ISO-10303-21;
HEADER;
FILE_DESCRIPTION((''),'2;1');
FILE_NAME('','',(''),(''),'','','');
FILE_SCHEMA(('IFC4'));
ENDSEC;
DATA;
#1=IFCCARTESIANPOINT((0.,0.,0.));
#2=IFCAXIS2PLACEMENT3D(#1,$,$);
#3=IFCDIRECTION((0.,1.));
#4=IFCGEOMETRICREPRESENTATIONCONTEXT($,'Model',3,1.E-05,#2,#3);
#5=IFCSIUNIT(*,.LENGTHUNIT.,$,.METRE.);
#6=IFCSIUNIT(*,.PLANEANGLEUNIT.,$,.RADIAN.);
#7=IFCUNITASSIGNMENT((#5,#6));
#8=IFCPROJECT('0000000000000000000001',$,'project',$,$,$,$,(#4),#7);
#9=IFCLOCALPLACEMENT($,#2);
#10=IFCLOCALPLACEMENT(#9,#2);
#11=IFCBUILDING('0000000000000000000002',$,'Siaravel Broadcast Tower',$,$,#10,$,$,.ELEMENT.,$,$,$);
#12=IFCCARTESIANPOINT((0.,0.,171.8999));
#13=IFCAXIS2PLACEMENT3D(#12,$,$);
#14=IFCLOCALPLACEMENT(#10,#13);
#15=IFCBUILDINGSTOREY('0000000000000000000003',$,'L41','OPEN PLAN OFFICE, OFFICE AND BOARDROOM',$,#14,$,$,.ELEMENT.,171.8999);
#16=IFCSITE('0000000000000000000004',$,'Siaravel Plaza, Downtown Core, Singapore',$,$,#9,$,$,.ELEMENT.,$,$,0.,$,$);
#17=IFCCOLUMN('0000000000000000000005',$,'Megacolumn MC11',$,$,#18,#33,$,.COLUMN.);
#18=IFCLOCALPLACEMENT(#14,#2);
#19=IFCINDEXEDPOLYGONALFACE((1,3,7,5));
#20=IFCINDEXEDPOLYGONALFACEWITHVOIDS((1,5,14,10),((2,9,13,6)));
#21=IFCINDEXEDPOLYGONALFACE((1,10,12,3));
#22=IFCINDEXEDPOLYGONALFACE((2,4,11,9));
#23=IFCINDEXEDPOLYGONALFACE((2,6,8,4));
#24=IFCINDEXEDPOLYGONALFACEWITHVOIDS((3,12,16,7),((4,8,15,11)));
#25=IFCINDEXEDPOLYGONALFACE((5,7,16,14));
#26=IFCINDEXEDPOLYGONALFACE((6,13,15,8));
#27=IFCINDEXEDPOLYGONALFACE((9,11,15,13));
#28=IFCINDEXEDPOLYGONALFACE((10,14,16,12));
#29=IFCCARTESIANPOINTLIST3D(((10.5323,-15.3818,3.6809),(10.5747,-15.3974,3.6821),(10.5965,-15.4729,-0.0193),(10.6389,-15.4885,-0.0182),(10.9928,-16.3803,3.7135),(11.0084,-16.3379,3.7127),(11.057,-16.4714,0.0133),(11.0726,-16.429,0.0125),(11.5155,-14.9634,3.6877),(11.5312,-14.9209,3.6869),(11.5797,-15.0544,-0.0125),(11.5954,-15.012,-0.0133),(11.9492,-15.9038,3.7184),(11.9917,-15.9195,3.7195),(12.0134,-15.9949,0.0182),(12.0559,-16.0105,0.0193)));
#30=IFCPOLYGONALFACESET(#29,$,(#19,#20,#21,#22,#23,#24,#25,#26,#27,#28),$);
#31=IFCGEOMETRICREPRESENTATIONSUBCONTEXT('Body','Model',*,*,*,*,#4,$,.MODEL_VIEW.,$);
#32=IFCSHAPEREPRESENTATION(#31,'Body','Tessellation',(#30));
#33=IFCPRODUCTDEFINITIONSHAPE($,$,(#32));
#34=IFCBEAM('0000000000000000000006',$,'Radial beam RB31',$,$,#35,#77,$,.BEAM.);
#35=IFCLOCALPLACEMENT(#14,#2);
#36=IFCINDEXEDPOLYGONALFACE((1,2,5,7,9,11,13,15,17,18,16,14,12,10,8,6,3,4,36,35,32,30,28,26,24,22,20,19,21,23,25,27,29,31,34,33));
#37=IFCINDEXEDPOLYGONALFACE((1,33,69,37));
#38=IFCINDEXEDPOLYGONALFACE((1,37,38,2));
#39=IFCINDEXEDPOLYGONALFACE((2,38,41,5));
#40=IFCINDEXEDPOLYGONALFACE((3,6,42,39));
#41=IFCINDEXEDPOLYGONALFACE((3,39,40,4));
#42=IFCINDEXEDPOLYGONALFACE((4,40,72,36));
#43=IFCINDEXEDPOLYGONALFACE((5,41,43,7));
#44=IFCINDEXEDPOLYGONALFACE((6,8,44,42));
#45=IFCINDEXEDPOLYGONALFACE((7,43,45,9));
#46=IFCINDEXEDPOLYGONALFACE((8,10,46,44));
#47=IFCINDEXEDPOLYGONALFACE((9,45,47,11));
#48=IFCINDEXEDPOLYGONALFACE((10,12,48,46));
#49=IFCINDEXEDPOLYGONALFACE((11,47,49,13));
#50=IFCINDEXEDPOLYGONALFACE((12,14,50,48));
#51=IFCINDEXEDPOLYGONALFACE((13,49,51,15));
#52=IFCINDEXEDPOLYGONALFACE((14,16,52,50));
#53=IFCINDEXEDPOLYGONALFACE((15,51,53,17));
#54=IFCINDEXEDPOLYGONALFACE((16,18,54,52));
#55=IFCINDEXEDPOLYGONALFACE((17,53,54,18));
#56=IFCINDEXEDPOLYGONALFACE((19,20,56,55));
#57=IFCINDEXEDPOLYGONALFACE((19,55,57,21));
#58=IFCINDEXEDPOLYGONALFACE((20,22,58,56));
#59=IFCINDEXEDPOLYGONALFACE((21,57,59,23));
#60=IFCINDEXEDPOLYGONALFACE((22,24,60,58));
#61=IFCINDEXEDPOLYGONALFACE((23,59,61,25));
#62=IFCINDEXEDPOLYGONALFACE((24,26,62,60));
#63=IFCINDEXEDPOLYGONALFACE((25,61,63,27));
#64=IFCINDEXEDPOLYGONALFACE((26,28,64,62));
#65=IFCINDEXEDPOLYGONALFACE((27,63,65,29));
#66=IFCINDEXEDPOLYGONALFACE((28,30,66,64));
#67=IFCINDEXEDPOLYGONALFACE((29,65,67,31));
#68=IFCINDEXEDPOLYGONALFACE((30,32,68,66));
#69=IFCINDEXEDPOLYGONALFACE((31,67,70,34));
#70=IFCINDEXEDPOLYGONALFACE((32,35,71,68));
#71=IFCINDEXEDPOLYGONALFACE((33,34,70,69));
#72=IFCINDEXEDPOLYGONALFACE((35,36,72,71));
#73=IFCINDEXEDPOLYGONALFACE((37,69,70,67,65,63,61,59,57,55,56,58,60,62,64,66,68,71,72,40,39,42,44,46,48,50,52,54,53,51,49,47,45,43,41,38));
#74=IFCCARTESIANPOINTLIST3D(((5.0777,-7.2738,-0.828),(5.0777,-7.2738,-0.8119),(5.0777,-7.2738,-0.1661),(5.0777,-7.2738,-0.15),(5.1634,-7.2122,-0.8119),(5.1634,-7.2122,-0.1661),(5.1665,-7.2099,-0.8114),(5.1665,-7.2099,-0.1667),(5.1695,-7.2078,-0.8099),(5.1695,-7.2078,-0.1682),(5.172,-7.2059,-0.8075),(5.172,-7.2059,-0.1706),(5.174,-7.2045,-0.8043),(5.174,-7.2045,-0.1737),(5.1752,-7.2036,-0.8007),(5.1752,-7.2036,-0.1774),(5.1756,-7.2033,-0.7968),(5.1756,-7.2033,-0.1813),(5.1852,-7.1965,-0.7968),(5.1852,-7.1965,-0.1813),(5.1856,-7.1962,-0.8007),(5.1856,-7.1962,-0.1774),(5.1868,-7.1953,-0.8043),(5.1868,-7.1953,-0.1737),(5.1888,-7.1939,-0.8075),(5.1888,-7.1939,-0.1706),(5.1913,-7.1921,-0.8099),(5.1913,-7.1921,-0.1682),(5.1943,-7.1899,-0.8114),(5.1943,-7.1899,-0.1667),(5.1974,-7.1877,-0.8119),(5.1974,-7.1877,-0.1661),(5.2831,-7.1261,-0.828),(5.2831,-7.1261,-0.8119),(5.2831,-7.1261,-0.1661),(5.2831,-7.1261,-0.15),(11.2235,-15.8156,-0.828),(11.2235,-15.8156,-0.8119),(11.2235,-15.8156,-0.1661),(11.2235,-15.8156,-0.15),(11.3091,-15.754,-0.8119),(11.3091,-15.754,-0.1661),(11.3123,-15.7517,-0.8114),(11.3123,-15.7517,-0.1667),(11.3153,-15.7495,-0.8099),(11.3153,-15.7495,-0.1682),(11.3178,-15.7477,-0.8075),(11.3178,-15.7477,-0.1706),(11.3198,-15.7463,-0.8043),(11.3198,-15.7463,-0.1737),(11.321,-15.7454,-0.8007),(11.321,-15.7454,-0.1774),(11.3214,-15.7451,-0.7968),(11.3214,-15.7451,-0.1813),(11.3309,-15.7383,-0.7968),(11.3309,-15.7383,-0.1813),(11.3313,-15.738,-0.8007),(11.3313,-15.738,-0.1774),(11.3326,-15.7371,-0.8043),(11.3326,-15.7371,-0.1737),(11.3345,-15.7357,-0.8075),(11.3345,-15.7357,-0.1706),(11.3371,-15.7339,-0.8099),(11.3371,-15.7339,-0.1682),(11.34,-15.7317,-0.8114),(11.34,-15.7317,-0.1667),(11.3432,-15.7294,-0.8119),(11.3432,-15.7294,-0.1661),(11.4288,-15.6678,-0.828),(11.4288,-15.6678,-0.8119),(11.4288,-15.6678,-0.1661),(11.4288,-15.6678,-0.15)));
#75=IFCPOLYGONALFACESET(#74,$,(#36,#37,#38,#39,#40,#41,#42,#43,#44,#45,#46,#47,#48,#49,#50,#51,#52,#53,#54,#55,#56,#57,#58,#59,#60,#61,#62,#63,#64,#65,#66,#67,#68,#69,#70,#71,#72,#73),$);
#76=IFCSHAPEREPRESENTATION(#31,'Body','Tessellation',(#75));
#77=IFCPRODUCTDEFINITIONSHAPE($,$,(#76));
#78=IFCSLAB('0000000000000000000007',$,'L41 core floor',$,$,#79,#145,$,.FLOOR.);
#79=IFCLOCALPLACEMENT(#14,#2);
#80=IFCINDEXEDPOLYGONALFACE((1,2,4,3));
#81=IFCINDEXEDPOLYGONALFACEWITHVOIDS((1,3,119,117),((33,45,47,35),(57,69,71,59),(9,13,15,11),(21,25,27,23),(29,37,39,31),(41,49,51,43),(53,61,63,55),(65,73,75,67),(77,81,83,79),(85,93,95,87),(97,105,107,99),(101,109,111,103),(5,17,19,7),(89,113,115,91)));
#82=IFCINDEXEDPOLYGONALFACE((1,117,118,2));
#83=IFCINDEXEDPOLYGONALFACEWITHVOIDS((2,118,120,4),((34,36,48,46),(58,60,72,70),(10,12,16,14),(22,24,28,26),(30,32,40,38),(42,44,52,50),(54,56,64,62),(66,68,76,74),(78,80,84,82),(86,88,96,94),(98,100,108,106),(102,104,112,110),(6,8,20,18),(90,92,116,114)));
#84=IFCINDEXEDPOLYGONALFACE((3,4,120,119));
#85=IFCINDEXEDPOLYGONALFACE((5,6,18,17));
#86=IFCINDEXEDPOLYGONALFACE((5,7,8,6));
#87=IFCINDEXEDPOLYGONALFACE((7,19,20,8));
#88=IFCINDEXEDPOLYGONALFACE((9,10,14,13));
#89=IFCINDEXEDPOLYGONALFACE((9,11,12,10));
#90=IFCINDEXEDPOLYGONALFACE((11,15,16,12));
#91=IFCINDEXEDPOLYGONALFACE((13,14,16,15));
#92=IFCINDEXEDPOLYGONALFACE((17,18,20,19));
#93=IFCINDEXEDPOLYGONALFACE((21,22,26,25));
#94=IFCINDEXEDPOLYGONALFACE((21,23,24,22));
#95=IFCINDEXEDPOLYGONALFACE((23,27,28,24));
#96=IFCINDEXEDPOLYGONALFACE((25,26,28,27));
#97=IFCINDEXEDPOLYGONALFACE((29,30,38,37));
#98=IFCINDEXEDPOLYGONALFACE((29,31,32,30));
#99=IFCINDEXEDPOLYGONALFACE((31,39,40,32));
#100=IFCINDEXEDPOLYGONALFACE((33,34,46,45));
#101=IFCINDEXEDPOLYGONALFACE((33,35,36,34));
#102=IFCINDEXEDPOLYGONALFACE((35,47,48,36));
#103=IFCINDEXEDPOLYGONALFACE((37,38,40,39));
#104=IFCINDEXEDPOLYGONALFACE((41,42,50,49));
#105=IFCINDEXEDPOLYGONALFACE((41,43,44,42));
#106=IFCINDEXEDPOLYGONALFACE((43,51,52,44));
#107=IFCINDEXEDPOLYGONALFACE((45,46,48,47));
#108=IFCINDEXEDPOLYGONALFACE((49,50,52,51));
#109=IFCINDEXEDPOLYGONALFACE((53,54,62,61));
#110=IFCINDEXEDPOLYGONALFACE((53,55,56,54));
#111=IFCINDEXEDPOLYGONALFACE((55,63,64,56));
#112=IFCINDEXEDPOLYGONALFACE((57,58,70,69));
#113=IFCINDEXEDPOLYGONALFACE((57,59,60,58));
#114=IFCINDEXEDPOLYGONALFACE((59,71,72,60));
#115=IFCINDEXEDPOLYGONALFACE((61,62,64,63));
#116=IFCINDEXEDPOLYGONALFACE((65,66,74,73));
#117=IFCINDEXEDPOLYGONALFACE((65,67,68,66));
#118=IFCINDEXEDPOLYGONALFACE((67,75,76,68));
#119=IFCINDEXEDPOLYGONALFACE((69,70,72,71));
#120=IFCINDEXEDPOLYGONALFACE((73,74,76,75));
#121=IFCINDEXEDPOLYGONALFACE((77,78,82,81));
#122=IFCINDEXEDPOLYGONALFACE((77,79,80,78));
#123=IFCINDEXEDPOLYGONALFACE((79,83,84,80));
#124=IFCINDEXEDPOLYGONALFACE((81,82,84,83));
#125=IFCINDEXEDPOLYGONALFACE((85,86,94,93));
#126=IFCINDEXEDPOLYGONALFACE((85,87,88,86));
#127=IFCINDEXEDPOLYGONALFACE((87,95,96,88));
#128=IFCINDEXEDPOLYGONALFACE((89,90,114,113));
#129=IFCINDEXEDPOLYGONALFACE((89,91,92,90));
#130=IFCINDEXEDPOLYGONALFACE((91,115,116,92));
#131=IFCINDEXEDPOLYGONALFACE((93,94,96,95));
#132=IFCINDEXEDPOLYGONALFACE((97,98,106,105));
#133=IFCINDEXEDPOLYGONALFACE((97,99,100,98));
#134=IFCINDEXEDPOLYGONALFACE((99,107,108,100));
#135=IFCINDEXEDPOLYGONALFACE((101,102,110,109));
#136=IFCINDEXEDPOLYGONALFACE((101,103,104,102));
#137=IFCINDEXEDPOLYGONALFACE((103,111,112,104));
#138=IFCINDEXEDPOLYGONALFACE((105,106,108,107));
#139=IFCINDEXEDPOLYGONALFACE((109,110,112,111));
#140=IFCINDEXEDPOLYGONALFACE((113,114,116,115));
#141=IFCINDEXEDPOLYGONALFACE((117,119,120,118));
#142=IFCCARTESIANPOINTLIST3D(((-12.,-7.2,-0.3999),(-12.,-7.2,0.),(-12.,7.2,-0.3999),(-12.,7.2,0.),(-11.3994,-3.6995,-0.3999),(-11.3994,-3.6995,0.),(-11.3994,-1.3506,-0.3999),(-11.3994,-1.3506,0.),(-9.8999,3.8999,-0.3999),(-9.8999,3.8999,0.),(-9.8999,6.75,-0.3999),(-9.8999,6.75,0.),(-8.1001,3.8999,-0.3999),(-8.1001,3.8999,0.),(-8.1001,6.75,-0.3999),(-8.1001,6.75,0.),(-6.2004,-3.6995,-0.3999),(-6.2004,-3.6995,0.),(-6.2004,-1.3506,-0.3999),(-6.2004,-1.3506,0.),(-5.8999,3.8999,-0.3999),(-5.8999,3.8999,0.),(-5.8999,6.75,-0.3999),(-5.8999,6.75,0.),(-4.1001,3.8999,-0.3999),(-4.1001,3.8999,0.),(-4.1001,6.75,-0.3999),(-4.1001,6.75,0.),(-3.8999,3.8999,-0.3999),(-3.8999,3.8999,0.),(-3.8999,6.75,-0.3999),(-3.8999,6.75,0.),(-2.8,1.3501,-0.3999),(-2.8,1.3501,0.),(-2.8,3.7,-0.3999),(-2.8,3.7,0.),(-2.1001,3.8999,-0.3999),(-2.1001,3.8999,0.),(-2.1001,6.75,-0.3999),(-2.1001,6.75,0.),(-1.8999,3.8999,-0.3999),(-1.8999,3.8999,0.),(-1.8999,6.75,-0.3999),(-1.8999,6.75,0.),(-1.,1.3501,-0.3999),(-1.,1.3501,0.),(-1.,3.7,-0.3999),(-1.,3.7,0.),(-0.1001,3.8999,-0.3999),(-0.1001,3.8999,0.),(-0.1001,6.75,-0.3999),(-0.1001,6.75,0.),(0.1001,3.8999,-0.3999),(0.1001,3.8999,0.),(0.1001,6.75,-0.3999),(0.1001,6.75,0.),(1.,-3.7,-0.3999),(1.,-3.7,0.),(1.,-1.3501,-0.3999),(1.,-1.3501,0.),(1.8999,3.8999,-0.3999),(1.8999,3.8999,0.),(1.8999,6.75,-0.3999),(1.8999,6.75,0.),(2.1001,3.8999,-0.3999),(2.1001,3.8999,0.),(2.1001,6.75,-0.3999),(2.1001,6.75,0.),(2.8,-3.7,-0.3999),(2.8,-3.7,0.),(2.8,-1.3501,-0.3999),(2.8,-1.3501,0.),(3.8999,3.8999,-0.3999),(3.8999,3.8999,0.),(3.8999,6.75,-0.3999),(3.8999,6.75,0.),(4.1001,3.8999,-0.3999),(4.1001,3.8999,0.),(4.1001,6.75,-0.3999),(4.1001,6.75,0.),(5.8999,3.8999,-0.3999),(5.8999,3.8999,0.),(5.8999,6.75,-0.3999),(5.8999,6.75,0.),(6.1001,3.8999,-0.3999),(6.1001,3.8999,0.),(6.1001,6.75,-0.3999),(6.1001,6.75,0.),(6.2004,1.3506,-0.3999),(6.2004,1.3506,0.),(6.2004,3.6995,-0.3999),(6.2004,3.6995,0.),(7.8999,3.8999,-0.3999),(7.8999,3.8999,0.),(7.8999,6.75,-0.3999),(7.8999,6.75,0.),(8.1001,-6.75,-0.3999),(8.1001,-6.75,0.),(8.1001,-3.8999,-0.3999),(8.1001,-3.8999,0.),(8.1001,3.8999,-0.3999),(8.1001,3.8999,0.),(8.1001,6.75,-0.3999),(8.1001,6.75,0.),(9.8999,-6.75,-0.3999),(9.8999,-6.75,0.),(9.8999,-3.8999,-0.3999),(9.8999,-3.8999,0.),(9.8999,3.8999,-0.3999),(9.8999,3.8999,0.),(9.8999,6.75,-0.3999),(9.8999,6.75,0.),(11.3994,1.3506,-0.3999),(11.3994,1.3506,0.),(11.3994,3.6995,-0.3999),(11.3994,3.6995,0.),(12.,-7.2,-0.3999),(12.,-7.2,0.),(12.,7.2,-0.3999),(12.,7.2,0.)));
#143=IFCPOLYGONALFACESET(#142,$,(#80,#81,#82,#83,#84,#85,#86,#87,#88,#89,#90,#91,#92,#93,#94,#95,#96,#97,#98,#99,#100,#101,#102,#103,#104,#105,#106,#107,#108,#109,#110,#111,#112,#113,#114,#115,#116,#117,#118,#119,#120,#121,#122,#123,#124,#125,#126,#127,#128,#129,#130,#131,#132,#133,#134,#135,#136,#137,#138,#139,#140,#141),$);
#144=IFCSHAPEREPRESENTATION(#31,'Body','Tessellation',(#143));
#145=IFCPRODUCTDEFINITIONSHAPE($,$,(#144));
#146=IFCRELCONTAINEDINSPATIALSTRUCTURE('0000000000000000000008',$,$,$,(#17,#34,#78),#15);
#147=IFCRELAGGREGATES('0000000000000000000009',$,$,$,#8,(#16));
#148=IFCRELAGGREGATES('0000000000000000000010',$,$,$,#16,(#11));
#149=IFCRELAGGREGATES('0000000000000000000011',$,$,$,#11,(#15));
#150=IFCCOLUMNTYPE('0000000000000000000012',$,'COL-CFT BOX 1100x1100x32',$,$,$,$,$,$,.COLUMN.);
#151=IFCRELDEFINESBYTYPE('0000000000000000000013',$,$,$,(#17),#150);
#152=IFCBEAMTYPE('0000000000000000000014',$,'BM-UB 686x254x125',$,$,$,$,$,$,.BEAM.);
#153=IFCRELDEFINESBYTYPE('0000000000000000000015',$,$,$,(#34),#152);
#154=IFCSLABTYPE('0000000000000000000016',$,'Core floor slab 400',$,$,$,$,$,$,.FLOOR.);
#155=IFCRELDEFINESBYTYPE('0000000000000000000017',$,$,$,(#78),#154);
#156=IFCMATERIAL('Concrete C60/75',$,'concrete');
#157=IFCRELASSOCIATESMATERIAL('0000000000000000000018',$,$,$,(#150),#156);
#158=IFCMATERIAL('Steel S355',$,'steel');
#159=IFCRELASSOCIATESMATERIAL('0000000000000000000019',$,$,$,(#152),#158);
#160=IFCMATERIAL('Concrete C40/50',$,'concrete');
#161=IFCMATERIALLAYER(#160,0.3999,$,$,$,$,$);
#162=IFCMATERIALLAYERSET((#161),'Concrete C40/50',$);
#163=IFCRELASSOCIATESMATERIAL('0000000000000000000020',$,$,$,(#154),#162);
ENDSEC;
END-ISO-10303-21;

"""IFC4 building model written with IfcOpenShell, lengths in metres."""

from ifc_helpers import new_model, si_unit, direction, frame, origin, origin_2d, place, context, subcontext, project, spatial, polyline, hollow_rectangle, i_section, outline, extrude, material, layer, layer_set, material_profile, profile_set, type_object, element, save


model = new_model("IFC4")

# Units and contexts
model_context = context("Model", 3, precision=1e-05, world=origin(), true_north=direction((0.0, 1.0)))
body_context = subcontext(model_context, "Body", "Model", "MODEL_VIEW")
ifc_project = project(units=[si_unit("LENGTHUNIT", "METRE"), si_unit("PLANEANGLEUNIT", "RADIAN")], contexts=[model_context])

# Site, building, storey
site_placement = place(None, origin())
site = spatial("IfcSite", under=ifc_project, at=site_placement, Name="Siaravel Plaza, Downtown Core, Singapore", CompositionType="ELEMENT", RefElevation=0.0)
building_placement = place(site_placement, origin())
building = spatial("IfcBuilding", under=site, at=building_placement, Name="Siaravel Broadcast Tower", CompositionType="ELEMENT")
storey_placement = place(building_placement, frame((0.0, 0.0, 171.8999)))
storey = spatial("IfcBuildingStorey", under=building, at=storey_placement, Name="L41", Description="OPEN PLAN OFFICE, OFFICE AND BOARDROOM", CompositionType="ELEMENT", Elevation=171.8999)

# Column
ifc_material_1 = material(Name="Concrete C60/75", Category="concrete")
ifc_material_profile_1 = material_profile(ifc_material_1, hollow_rectangle(XDim=1.1001, YDim=1.1001, WallThickness=0.032, at=origin_2d()))
ifc_profile_set_1 = profile_set([ifc_material_profile_1], Name="Concrete C60/75")
column_type = type_object("IfcColumnType", Name="COL-CFT BOX 1100x1100x32", PredefinedType="COLUMN", material=ifc_profile_set_1)
column_placement = place(storey_placement, frame((11.3262, -15.7417, 0.0), z_axis=(-0.017345, 0.0246, 0.999547), x_axis=(-0.908005, -0.418924, -0.005446)))
element("IfcColumn", 1, at=column_placement, inside=storey, type_object=column_type, Name="Megacolumn MC11", PredefinedType="COLUMN", context=body_context, shape_type="SweptSolid", body=[
    extrude(hollow_rectangle(XDim=1.1001, YDim=1.1001, WallThickness=0.032, at=origin_2d()), origin(), (0.0, 0.0, 1.0), 3.7019),
])

# Beam
ifc_material_2 = material(Name="Steel S355", Category="steel")
ifc_material_profile_2 = material_profile(ifc_material_2, i_section(OverallWidth=0.2529, OverallDepth=0.678, WebThickness=0.0117, FlangeThickness=0.0161, FilletRadius=0.0151, at=origin_2d()))
ifc_profile_set_2 = profile_set([ifc_material_profile_2], Name="Steel S355")
beam_type = type_object("IfcBeamType", Name="BM-UB 686x254x125", PredefinedType="BEAM", material=ifc_profile_set_2)
beam_placement = place(storey_placement, frame((11.3262, -15.7417, -0.489), z_axis=(-0.584035, 0.811728, 0.0), x_axis=(-0.811728, -0.584035, 0.0)))
element("IfcBeam", 2, at=beam_placement, inside=storey, type_object=beam_type, Name="Radial beam RB31", PredefinedType="BEAM", context=body_context, shape_type="SweptSolid", body=[
    extrude(i_section(OverallWidth=0.2529, OverallDepth=0.678, WebThickness=0.0117, FlangeThickness=0.0161, FilletRadius=0.0151, at=origin_2d()), origin(), (0.0, 0.0, 1.0), 10.5229),
])

# Slab
ifc_material_3 = material(Name="Concrete C40/50", Category="concrete")
ifc_layer_1 = layer(ifc_material_3, 0.3999)
ifc_layer_set_1 = layer_set([ifc_layer_1], Name="Concrete C40/50")
slab_type_1 = type_object("IfcSlabType", Name="Core floor slab 400", PredefinedType="FLOOR", material=ifc_layer_set_1)
slab_1_placement = place(storey_placement, frame((0.0, 0.0, -0.3999)))
element("IfcSlab", 3, at=slab_1_placement, inside=storey, type_object=slab_type_1, Name="L41 core floor", PredefinedType="FLOOR", context=body_context, shape_type="SweptSolid", body=[
    extrude(outline(polyline([(-12.0, -7.2), (-12.0, 7.2), (12.0, 7.2), (12.0, -7.2), (-12.0, -7.2)]), holes=[polyline([(11.3994, 1.3506), (11.3994, 3.6995), (6.2004, 3.6995), (6.2004, 1.3506), (11.3994, 1.3506)]), polyline([(8.1001, -3.8999), (8.1001, -6.75), (9.8999, -6.75), (9.8999, -3.8999), (8.1001, -3.8999)]), polyline([(9.8999, 6.75), (8.1001, 6.75), (8.1001, 3.8999), (9.8999, 3.8999), (9.8999, 6.75)]), polyline([(7.8999, 6.75), (6.1001, 6.75), (6.1001, 3.8999), (7.8999, 3.8999), (7.8999, 6.75)]), polyline([(5.8999, 6.75), (4.1001, 6.75), (4.1001, 3.8999), (5.8999, 3.8999), (5.8999, 6.75)]), polyline([(3.8999, 6.75), (2.1001, 6.75), (2.1001, 3.8999), (3.8999, 3.8999), (3.8999, 6.75)]), polyline([(2.8, -1.3501), (1.0, -1.3501), (1.0, -3.7), (2.8, -3.7), (2.8, -1.3501)]), polyline([(1.8999, 6.75), (0.1001, 6.75), (0.1001, 3.8999), (1.8999, 3.8999), (1.8999, 6.75)]), polyline([(-0.1001, 6.75), (-1.8999, 6.75), (-1.8999, 3.8999), (-0.1001, 3.8999), (-0.1001, 6.75)]), polyline([(-1.0, 3.7), (-2.8, 3.7), (-2.8, 1.3501), (-1.0, 1.3501), (-1.0, 3.7)]), polyline([(-2.1001, 6.75), (-3.8999, 6.75), (-3.8999, 3.8999), (-2.1001, 3.8999), (-2.1001, 6.75)]), polyline([(-4.1001, 6.75), (-5.8999, 6.75), (-5.8999, 3.8999), (-4.1001, 3.8999), (-4.1001, 6.75)]), polyline([(-11.3994, -3.6995), (-6.2004, -3.6995), (-6.2004, -1.3506), (-11.3994, -1.3506), (-11.3994, -3.6995)]), polyline([(-8.1001, 6.75), (-9.8999, 6.75), (-9.8999, 3.8999), (-8.1001, 3.8999), (-8.1001, 6.75)])]), origin(), (0.0, 0.0, 1.0), 0.3999),
])

save(model, "model.ifc")
